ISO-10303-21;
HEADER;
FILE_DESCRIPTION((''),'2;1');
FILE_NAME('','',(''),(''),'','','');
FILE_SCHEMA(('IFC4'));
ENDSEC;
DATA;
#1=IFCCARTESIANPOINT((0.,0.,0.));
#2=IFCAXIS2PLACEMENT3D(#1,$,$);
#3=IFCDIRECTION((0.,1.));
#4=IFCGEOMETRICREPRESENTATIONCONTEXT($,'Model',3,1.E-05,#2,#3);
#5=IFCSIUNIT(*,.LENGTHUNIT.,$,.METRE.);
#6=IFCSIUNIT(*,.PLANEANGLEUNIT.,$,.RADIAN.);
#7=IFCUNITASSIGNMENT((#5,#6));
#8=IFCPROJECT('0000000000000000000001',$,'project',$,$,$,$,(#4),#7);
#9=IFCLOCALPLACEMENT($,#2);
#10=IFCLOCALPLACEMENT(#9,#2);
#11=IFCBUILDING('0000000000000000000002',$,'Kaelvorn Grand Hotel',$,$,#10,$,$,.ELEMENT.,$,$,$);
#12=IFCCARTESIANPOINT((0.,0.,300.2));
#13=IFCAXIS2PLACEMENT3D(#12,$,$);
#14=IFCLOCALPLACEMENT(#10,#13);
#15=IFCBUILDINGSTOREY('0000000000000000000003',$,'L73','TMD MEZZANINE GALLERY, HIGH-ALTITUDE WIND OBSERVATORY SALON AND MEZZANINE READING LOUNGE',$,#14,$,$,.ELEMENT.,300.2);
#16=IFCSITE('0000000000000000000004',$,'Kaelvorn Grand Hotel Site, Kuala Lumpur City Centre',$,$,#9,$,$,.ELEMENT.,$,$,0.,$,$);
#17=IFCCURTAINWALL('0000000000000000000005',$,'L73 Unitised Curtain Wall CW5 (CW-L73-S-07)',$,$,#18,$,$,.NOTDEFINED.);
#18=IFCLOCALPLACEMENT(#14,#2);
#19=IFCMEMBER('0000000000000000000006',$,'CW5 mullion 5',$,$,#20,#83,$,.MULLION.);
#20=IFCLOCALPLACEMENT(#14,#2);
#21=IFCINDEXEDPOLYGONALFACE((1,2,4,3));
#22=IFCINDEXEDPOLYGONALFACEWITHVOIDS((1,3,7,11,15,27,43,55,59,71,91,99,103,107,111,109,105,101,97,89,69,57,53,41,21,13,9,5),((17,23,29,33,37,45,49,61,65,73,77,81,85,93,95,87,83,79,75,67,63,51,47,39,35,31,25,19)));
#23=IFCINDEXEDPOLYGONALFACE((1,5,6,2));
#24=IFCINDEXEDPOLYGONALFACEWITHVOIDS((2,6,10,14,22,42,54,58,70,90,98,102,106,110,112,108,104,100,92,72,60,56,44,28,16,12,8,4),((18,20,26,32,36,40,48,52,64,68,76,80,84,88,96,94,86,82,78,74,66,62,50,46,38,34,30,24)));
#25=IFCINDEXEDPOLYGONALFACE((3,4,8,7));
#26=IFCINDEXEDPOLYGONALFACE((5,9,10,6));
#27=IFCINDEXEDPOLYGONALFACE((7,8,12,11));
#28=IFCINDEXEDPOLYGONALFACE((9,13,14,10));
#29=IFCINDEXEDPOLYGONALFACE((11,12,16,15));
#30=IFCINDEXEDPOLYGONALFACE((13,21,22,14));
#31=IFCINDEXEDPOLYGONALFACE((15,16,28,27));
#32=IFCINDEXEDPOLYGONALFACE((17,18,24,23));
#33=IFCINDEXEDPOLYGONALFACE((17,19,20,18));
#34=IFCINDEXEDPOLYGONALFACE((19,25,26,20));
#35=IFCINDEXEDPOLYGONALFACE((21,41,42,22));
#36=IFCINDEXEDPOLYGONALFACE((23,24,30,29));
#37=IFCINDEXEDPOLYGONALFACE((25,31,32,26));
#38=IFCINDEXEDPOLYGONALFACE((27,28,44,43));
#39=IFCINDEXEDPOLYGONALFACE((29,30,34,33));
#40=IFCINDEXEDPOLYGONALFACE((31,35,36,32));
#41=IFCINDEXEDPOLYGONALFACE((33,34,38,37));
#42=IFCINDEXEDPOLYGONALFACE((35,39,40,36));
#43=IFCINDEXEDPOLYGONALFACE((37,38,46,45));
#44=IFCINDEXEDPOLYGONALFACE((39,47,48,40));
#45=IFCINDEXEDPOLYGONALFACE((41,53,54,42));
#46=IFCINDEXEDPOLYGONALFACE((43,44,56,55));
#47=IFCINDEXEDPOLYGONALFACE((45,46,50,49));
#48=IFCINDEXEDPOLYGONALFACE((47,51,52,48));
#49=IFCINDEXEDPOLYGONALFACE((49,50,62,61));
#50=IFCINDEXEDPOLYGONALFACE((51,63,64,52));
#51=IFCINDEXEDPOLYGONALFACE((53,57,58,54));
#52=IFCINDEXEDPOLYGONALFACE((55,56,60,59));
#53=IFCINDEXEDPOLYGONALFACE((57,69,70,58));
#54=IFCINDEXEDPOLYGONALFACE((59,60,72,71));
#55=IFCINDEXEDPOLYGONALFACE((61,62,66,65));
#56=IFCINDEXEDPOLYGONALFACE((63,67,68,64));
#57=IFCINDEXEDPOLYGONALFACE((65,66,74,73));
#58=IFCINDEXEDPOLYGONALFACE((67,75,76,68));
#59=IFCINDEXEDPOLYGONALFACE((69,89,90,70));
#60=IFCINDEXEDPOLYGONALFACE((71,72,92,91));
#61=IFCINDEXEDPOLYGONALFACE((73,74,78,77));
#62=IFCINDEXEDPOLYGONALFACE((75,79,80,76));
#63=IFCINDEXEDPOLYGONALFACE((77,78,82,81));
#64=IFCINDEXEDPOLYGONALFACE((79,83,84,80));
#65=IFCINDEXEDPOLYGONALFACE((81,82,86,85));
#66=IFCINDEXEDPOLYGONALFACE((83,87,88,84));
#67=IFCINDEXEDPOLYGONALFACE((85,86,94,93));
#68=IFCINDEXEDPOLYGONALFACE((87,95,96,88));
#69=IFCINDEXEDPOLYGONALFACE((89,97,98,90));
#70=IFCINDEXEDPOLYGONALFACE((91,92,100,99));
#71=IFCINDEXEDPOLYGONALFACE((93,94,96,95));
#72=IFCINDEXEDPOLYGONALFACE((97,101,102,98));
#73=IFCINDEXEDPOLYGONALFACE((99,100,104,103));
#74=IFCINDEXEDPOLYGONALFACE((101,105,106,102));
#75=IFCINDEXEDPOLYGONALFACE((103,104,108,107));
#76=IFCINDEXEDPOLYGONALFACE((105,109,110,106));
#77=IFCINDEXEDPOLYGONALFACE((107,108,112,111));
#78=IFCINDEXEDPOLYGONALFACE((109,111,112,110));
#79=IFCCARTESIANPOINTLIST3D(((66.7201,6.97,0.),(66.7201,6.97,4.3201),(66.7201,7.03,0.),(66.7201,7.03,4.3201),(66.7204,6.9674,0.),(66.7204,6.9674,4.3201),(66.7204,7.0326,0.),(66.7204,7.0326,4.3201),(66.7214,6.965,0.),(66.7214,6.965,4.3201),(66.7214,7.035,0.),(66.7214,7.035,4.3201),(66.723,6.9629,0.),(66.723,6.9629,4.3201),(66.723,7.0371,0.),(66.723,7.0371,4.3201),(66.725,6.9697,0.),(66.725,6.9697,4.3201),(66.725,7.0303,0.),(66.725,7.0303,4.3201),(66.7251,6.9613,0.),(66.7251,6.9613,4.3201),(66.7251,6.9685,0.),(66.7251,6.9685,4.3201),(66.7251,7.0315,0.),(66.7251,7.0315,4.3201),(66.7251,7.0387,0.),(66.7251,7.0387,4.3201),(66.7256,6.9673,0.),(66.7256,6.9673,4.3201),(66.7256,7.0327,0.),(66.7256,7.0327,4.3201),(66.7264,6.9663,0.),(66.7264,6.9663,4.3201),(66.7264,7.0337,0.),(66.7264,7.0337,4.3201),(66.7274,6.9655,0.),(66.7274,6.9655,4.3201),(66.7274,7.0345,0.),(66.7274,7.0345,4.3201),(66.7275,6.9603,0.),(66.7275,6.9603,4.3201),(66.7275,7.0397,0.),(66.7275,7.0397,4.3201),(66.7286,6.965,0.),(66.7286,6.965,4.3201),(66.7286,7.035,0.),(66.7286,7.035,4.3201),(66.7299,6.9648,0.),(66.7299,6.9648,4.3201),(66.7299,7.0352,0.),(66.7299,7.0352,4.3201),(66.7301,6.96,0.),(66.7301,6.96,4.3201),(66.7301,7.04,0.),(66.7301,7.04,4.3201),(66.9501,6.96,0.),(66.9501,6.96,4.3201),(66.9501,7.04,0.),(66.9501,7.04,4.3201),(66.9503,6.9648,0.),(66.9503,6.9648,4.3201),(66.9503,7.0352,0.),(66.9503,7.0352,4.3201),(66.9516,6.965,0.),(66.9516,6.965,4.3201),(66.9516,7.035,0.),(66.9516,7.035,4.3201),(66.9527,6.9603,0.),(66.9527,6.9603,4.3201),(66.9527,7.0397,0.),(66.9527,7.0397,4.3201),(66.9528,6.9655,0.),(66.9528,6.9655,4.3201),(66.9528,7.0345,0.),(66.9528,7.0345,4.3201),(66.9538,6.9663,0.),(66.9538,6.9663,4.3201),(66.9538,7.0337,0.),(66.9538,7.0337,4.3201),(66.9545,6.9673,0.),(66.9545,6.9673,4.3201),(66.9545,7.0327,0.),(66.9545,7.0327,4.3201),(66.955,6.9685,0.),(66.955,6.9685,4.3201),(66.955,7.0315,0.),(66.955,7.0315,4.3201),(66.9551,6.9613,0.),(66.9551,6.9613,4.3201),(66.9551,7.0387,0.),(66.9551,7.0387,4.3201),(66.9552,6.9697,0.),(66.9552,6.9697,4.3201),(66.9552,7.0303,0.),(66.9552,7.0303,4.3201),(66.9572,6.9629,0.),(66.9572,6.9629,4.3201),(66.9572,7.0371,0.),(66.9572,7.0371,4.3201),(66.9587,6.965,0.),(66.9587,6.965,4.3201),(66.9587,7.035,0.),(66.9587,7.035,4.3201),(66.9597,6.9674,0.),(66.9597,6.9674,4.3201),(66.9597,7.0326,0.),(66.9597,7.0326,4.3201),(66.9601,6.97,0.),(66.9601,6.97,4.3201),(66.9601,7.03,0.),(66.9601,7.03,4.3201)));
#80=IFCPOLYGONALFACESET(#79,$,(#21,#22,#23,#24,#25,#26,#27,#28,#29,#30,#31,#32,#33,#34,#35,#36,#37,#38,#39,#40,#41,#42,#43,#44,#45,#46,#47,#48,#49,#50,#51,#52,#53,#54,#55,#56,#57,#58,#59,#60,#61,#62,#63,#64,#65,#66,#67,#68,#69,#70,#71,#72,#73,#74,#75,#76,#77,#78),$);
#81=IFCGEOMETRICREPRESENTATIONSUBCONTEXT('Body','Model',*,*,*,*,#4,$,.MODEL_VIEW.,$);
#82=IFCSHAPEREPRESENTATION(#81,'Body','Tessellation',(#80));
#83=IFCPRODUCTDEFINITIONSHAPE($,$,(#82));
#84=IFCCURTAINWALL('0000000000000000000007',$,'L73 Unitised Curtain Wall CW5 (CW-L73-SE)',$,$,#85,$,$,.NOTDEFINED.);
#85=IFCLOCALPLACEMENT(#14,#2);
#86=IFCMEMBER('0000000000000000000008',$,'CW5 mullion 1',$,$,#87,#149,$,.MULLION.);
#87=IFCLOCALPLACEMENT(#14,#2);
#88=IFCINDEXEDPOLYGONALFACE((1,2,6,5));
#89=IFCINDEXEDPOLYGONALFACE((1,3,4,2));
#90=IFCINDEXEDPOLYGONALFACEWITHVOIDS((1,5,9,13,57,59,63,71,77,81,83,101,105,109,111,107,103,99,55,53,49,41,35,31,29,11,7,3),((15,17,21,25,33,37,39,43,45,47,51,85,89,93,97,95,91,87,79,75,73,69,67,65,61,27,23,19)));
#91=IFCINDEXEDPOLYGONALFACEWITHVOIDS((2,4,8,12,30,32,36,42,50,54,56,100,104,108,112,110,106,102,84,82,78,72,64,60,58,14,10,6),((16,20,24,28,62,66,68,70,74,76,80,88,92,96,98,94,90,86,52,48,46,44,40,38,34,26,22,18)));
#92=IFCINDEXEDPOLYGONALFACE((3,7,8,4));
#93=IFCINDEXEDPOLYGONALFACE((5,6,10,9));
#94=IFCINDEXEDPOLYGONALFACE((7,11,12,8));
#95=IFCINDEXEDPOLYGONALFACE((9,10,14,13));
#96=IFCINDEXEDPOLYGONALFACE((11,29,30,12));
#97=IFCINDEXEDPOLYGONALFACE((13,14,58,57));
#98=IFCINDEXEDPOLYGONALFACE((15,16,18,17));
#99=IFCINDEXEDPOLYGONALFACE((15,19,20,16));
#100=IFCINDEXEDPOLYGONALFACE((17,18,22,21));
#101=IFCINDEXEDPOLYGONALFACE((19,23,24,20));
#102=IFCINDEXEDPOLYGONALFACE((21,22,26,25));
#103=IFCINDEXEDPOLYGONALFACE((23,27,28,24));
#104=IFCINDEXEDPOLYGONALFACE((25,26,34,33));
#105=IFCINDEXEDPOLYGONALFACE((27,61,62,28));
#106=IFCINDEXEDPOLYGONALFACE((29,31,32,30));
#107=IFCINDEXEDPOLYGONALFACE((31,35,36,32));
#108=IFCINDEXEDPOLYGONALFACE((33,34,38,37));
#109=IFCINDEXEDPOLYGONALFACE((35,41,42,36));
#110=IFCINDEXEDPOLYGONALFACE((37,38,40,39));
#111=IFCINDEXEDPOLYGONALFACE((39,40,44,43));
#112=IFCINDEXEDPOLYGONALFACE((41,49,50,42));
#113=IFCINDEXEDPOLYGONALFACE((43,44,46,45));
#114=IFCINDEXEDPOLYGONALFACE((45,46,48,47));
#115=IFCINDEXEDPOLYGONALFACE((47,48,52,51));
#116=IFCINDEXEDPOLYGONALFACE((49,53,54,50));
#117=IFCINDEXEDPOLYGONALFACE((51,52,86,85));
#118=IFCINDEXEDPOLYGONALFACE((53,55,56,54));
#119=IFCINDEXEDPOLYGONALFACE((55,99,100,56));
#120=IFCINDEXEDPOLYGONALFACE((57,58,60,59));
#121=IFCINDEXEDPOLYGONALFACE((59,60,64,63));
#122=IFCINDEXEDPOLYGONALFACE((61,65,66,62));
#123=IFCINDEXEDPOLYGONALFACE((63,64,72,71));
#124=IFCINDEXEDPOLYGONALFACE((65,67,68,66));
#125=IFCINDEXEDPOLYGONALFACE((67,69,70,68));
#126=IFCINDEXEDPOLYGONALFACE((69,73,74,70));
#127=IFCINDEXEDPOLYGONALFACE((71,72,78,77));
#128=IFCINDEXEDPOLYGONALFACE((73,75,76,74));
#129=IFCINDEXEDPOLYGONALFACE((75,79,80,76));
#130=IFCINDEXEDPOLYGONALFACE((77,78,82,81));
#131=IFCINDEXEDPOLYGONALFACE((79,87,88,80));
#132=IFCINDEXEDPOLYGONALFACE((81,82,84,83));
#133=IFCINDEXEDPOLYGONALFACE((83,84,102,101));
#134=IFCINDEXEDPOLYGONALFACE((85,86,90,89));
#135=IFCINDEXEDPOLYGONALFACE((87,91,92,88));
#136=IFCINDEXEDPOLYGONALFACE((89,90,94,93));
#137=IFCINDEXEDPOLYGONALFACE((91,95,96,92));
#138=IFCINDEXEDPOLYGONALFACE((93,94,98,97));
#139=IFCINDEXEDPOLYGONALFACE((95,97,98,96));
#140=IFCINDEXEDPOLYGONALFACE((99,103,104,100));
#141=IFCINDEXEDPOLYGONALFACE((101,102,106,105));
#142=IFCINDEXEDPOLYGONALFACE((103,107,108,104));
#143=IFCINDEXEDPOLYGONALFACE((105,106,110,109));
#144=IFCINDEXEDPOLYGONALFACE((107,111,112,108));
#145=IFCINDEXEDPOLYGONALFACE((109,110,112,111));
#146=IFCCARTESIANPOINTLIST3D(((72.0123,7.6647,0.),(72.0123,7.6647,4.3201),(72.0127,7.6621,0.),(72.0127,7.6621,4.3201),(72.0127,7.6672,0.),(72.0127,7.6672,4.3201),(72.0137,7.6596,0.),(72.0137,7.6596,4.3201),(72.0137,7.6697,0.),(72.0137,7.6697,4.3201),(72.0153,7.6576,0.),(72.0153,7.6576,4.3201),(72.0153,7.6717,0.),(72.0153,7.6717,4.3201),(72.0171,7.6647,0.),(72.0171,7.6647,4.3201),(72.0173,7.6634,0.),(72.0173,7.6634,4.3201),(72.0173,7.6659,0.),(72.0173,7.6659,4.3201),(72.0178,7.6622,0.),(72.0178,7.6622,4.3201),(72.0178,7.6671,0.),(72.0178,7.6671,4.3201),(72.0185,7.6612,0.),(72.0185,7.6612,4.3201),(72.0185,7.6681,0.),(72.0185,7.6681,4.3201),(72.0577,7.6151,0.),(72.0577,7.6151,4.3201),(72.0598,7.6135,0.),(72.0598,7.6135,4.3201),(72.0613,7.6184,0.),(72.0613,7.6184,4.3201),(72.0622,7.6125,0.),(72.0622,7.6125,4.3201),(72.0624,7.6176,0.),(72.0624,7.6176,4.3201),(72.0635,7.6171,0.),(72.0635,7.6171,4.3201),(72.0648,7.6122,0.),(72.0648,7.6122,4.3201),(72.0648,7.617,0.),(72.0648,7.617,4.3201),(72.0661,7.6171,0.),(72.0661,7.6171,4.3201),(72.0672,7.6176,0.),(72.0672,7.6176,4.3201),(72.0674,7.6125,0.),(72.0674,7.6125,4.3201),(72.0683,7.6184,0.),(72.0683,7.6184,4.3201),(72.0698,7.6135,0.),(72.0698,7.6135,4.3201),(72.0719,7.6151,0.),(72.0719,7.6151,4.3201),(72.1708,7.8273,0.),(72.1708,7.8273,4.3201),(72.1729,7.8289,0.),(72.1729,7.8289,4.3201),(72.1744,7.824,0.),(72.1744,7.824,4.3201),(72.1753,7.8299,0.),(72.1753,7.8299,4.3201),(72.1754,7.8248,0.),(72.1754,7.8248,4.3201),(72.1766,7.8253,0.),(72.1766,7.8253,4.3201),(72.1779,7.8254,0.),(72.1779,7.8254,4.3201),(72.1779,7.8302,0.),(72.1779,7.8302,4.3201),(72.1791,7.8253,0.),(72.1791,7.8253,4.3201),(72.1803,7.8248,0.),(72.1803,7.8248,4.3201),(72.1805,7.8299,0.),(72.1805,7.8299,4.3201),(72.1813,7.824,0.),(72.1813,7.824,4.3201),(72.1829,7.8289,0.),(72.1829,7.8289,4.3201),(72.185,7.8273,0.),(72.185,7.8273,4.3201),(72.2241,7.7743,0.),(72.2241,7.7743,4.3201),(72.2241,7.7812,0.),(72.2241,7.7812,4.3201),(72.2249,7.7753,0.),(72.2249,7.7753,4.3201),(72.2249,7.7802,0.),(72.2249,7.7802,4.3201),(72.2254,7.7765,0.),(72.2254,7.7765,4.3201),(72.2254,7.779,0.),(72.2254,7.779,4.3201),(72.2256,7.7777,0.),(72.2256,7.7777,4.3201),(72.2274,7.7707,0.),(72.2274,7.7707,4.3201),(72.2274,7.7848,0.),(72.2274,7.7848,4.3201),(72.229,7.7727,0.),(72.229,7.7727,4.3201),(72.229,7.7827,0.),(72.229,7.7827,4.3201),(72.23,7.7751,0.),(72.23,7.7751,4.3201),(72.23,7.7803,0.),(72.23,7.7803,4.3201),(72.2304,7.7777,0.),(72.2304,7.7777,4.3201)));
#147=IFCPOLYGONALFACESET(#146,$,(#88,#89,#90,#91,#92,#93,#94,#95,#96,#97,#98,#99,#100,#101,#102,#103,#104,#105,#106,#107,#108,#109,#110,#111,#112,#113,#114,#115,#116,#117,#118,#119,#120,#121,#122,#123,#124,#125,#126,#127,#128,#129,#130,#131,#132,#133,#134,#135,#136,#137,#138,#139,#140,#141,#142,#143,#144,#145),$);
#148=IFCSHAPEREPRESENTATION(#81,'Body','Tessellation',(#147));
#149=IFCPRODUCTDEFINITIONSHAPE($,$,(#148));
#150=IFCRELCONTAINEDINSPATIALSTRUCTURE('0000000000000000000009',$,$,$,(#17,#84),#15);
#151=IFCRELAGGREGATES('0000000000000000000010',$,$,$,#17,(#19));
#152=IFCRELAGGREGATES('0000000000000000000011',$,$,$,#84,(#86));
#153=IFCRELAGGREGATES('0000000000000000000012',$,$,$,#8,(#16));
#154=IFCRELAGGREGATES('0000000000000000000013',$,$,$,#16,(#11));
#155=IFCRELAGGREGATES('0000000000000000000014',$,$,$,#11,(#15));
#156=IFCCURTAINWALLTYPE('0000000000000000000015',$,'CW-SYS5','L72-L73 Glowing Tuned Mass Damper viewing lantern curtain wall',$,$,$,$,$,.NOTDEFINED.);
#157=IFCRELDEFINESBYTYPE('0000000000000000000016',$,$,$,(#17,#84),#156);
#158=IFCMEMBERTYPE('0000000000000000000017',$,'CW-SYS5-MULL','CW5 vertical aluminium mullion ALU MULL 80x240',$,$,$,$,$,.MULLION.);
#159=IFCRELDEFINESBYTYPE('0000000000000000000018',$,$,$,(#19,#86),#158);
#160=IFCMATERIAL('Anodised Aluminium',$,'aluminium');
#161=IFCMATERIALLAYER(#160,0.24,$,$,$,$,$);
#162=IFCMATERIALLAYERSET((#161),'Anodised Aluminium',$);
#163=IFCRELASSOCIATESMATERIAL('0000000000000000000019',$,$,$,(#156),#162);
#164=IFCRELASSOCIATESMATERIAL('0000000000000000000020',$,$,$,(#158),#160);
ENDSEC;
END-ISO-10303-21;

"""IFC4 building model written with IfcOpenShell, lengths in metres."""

from ifc_helpers import new_model, si_unit, direction, frame, origin, origin_2d, place, context, subcontext, project, spatial, hollow_rectangle, extrude, material, layer, layer_set, material_profile, profile_set, type_object, element, aggregate, save


model = new_model("IFC4")

# Units and contexts
model_context = context("Model", 3, precision=1e-05, world=origin(), true_north=direction((0.0, 1.0)))
body_context = subcontext(model_context, "Body", "Model", "MODEL_VIEW")
ifc_project = project(units=[si_unit("LENGTHUNIT", "METRE"), si_unit("PLANEANGLEUNIT", "RADIAN")], contexts=[model_context])

# Site, building, storey
site_placement = place(None, origin())
site = spatial("IfcSite", under=ifc_project, at=site_placement, Name="Kaelvorn Grand Hotel Site, Kuala Lumpur City Centre", CompositionType="ELEMENT", RefElevation=0.0)
building_placement = place(site_placement, origin())
building = spatial("IfcBuilding", under=site, at=building_placement, Name="Kaelvorn Grand Hotel", CompositionType="ELEMENT")
storey_placement = place(building_placement, frame((0.0, 0.0, 300.2)))
storey = spatial("IfcBuildingStorey", under=building, at=storey_placement, Name="L73", Description="TMD MEZZANINE GALLERY, HIGH-ALTITUDE WIND OBSERVATORY SALON AND MEZZANINE READING LOUNGE", CompositionType="ELEMENT", Elevation=300.2)

# Curtain wall, member
ifc_material_1 = material(Name="Anodised Aluminium", Category="aluminium")
ifc_layer_1 = layer(ifc_material_1, 0.24)
ifc_layer_set_1 = layer_set([ifc_layer_1], Name="Anodised Aluminium")
curtain_wall_type = type_object("IfcCurtainWallType", Name="CW-SYS5", Description="L72-L73 Glowing Tuned Mass Damper viewing lantern curtain wall", PredefinedType="NOTDEFINED", material=ifc_layer_set_1)
curtain_wall_1_placement = place(storey_placement, origin())
curtain_wall_1 = element("IfcCurtainWall", 1, at=curtain_wall_1_placement, inside=storey, type_object=curtain_wall_type, Name="L73 Unitised Curtain Wall CW5 (CW-L73-S-07)", PredefinedType="NOTDEFINED")
ifc_material_profile_1 = material_profile(ifc_material_1, hollow_rectangle(XDim=0.0801, YDim=0.24, WallThickness=0.0049, InnerFilletRadius=0.0049, OuterFilletRadius=0.01, at=origin_2d()), Name="ALU MULL 80x240")
ifc_profile_set_1 = profile_set([ifc_material_profile_1], Name="Anodised Aluminium")
member_type_1 = type_object("IfcMemberType", Name="CW-SYS5-MULL", Description="CW5 vertical aluminium mullion ALU MULL 80x240", PredefinedType="MULLION", material=ifc_profile_set_1)
member_1_placement = place(storey_placement, frame((66.8401, 7.0, 0.0), z_axis=(0.0, 0.0, 1.0), x_axis=(0.0, 1.0, 0.0)))
member_1 = element("IfcMember", 2, at=member_1_placement, type_object=member_type_1, Name="CW5 mullion 5", PredefinedType="MULLION", context=body_context, shape_type="SweptSolid", body=[
    extrude(hollow_rectangle(XDim=0.0801, YDim=0.24, WallThickness=0.0049, InnerFilletRadius=0.0049, OuterFilletRadius=0.01, at=origin_2d()), origin(), (0.0, 0.0, 1.0), 4.3201),
])

# Curtain wall, member
curtain_wall_2_placement = place(storey_placement, origin())
curtain_wall_2 = element("IfcCurtainWall", 3, at=curtain_wall_2_placement, inside=storey, type_object=curtain_wall_type, Name="L73 Unitised Curtain Wall CW5 (CW-L73-SE)", PredefinedType="NOTDEFINED")
member_2_placement = place(storey_placement, frame((72.1213, 7.7212, 0.0), z_axis=(0.0, 0.0, 1.0), x_axis=(-0.707107, 0.707107, 0.0)))
member_2 = element("IfcMember", 4, at=member_2_placement, type_object=member_type_1, Name="CW5 mullion 1", PredefinedType="MULLION", context=body_context, shape_type="SweptSolid", body=[
    extrude(hollow_rectangle(XDim=0.0801, YDim=0.24, WallThickness=0.0049, InnerFilletRadius=0.0049, OuterFilletRadius=0.01, at=origin_2d()), origin(), (0.0, 0.0, 1.0), 4.3201),
])

aggregate(curtain_wall_1, [member_1])
aggregate(curtain_wall_2, [member_2])

save(model, "model.ifc")
